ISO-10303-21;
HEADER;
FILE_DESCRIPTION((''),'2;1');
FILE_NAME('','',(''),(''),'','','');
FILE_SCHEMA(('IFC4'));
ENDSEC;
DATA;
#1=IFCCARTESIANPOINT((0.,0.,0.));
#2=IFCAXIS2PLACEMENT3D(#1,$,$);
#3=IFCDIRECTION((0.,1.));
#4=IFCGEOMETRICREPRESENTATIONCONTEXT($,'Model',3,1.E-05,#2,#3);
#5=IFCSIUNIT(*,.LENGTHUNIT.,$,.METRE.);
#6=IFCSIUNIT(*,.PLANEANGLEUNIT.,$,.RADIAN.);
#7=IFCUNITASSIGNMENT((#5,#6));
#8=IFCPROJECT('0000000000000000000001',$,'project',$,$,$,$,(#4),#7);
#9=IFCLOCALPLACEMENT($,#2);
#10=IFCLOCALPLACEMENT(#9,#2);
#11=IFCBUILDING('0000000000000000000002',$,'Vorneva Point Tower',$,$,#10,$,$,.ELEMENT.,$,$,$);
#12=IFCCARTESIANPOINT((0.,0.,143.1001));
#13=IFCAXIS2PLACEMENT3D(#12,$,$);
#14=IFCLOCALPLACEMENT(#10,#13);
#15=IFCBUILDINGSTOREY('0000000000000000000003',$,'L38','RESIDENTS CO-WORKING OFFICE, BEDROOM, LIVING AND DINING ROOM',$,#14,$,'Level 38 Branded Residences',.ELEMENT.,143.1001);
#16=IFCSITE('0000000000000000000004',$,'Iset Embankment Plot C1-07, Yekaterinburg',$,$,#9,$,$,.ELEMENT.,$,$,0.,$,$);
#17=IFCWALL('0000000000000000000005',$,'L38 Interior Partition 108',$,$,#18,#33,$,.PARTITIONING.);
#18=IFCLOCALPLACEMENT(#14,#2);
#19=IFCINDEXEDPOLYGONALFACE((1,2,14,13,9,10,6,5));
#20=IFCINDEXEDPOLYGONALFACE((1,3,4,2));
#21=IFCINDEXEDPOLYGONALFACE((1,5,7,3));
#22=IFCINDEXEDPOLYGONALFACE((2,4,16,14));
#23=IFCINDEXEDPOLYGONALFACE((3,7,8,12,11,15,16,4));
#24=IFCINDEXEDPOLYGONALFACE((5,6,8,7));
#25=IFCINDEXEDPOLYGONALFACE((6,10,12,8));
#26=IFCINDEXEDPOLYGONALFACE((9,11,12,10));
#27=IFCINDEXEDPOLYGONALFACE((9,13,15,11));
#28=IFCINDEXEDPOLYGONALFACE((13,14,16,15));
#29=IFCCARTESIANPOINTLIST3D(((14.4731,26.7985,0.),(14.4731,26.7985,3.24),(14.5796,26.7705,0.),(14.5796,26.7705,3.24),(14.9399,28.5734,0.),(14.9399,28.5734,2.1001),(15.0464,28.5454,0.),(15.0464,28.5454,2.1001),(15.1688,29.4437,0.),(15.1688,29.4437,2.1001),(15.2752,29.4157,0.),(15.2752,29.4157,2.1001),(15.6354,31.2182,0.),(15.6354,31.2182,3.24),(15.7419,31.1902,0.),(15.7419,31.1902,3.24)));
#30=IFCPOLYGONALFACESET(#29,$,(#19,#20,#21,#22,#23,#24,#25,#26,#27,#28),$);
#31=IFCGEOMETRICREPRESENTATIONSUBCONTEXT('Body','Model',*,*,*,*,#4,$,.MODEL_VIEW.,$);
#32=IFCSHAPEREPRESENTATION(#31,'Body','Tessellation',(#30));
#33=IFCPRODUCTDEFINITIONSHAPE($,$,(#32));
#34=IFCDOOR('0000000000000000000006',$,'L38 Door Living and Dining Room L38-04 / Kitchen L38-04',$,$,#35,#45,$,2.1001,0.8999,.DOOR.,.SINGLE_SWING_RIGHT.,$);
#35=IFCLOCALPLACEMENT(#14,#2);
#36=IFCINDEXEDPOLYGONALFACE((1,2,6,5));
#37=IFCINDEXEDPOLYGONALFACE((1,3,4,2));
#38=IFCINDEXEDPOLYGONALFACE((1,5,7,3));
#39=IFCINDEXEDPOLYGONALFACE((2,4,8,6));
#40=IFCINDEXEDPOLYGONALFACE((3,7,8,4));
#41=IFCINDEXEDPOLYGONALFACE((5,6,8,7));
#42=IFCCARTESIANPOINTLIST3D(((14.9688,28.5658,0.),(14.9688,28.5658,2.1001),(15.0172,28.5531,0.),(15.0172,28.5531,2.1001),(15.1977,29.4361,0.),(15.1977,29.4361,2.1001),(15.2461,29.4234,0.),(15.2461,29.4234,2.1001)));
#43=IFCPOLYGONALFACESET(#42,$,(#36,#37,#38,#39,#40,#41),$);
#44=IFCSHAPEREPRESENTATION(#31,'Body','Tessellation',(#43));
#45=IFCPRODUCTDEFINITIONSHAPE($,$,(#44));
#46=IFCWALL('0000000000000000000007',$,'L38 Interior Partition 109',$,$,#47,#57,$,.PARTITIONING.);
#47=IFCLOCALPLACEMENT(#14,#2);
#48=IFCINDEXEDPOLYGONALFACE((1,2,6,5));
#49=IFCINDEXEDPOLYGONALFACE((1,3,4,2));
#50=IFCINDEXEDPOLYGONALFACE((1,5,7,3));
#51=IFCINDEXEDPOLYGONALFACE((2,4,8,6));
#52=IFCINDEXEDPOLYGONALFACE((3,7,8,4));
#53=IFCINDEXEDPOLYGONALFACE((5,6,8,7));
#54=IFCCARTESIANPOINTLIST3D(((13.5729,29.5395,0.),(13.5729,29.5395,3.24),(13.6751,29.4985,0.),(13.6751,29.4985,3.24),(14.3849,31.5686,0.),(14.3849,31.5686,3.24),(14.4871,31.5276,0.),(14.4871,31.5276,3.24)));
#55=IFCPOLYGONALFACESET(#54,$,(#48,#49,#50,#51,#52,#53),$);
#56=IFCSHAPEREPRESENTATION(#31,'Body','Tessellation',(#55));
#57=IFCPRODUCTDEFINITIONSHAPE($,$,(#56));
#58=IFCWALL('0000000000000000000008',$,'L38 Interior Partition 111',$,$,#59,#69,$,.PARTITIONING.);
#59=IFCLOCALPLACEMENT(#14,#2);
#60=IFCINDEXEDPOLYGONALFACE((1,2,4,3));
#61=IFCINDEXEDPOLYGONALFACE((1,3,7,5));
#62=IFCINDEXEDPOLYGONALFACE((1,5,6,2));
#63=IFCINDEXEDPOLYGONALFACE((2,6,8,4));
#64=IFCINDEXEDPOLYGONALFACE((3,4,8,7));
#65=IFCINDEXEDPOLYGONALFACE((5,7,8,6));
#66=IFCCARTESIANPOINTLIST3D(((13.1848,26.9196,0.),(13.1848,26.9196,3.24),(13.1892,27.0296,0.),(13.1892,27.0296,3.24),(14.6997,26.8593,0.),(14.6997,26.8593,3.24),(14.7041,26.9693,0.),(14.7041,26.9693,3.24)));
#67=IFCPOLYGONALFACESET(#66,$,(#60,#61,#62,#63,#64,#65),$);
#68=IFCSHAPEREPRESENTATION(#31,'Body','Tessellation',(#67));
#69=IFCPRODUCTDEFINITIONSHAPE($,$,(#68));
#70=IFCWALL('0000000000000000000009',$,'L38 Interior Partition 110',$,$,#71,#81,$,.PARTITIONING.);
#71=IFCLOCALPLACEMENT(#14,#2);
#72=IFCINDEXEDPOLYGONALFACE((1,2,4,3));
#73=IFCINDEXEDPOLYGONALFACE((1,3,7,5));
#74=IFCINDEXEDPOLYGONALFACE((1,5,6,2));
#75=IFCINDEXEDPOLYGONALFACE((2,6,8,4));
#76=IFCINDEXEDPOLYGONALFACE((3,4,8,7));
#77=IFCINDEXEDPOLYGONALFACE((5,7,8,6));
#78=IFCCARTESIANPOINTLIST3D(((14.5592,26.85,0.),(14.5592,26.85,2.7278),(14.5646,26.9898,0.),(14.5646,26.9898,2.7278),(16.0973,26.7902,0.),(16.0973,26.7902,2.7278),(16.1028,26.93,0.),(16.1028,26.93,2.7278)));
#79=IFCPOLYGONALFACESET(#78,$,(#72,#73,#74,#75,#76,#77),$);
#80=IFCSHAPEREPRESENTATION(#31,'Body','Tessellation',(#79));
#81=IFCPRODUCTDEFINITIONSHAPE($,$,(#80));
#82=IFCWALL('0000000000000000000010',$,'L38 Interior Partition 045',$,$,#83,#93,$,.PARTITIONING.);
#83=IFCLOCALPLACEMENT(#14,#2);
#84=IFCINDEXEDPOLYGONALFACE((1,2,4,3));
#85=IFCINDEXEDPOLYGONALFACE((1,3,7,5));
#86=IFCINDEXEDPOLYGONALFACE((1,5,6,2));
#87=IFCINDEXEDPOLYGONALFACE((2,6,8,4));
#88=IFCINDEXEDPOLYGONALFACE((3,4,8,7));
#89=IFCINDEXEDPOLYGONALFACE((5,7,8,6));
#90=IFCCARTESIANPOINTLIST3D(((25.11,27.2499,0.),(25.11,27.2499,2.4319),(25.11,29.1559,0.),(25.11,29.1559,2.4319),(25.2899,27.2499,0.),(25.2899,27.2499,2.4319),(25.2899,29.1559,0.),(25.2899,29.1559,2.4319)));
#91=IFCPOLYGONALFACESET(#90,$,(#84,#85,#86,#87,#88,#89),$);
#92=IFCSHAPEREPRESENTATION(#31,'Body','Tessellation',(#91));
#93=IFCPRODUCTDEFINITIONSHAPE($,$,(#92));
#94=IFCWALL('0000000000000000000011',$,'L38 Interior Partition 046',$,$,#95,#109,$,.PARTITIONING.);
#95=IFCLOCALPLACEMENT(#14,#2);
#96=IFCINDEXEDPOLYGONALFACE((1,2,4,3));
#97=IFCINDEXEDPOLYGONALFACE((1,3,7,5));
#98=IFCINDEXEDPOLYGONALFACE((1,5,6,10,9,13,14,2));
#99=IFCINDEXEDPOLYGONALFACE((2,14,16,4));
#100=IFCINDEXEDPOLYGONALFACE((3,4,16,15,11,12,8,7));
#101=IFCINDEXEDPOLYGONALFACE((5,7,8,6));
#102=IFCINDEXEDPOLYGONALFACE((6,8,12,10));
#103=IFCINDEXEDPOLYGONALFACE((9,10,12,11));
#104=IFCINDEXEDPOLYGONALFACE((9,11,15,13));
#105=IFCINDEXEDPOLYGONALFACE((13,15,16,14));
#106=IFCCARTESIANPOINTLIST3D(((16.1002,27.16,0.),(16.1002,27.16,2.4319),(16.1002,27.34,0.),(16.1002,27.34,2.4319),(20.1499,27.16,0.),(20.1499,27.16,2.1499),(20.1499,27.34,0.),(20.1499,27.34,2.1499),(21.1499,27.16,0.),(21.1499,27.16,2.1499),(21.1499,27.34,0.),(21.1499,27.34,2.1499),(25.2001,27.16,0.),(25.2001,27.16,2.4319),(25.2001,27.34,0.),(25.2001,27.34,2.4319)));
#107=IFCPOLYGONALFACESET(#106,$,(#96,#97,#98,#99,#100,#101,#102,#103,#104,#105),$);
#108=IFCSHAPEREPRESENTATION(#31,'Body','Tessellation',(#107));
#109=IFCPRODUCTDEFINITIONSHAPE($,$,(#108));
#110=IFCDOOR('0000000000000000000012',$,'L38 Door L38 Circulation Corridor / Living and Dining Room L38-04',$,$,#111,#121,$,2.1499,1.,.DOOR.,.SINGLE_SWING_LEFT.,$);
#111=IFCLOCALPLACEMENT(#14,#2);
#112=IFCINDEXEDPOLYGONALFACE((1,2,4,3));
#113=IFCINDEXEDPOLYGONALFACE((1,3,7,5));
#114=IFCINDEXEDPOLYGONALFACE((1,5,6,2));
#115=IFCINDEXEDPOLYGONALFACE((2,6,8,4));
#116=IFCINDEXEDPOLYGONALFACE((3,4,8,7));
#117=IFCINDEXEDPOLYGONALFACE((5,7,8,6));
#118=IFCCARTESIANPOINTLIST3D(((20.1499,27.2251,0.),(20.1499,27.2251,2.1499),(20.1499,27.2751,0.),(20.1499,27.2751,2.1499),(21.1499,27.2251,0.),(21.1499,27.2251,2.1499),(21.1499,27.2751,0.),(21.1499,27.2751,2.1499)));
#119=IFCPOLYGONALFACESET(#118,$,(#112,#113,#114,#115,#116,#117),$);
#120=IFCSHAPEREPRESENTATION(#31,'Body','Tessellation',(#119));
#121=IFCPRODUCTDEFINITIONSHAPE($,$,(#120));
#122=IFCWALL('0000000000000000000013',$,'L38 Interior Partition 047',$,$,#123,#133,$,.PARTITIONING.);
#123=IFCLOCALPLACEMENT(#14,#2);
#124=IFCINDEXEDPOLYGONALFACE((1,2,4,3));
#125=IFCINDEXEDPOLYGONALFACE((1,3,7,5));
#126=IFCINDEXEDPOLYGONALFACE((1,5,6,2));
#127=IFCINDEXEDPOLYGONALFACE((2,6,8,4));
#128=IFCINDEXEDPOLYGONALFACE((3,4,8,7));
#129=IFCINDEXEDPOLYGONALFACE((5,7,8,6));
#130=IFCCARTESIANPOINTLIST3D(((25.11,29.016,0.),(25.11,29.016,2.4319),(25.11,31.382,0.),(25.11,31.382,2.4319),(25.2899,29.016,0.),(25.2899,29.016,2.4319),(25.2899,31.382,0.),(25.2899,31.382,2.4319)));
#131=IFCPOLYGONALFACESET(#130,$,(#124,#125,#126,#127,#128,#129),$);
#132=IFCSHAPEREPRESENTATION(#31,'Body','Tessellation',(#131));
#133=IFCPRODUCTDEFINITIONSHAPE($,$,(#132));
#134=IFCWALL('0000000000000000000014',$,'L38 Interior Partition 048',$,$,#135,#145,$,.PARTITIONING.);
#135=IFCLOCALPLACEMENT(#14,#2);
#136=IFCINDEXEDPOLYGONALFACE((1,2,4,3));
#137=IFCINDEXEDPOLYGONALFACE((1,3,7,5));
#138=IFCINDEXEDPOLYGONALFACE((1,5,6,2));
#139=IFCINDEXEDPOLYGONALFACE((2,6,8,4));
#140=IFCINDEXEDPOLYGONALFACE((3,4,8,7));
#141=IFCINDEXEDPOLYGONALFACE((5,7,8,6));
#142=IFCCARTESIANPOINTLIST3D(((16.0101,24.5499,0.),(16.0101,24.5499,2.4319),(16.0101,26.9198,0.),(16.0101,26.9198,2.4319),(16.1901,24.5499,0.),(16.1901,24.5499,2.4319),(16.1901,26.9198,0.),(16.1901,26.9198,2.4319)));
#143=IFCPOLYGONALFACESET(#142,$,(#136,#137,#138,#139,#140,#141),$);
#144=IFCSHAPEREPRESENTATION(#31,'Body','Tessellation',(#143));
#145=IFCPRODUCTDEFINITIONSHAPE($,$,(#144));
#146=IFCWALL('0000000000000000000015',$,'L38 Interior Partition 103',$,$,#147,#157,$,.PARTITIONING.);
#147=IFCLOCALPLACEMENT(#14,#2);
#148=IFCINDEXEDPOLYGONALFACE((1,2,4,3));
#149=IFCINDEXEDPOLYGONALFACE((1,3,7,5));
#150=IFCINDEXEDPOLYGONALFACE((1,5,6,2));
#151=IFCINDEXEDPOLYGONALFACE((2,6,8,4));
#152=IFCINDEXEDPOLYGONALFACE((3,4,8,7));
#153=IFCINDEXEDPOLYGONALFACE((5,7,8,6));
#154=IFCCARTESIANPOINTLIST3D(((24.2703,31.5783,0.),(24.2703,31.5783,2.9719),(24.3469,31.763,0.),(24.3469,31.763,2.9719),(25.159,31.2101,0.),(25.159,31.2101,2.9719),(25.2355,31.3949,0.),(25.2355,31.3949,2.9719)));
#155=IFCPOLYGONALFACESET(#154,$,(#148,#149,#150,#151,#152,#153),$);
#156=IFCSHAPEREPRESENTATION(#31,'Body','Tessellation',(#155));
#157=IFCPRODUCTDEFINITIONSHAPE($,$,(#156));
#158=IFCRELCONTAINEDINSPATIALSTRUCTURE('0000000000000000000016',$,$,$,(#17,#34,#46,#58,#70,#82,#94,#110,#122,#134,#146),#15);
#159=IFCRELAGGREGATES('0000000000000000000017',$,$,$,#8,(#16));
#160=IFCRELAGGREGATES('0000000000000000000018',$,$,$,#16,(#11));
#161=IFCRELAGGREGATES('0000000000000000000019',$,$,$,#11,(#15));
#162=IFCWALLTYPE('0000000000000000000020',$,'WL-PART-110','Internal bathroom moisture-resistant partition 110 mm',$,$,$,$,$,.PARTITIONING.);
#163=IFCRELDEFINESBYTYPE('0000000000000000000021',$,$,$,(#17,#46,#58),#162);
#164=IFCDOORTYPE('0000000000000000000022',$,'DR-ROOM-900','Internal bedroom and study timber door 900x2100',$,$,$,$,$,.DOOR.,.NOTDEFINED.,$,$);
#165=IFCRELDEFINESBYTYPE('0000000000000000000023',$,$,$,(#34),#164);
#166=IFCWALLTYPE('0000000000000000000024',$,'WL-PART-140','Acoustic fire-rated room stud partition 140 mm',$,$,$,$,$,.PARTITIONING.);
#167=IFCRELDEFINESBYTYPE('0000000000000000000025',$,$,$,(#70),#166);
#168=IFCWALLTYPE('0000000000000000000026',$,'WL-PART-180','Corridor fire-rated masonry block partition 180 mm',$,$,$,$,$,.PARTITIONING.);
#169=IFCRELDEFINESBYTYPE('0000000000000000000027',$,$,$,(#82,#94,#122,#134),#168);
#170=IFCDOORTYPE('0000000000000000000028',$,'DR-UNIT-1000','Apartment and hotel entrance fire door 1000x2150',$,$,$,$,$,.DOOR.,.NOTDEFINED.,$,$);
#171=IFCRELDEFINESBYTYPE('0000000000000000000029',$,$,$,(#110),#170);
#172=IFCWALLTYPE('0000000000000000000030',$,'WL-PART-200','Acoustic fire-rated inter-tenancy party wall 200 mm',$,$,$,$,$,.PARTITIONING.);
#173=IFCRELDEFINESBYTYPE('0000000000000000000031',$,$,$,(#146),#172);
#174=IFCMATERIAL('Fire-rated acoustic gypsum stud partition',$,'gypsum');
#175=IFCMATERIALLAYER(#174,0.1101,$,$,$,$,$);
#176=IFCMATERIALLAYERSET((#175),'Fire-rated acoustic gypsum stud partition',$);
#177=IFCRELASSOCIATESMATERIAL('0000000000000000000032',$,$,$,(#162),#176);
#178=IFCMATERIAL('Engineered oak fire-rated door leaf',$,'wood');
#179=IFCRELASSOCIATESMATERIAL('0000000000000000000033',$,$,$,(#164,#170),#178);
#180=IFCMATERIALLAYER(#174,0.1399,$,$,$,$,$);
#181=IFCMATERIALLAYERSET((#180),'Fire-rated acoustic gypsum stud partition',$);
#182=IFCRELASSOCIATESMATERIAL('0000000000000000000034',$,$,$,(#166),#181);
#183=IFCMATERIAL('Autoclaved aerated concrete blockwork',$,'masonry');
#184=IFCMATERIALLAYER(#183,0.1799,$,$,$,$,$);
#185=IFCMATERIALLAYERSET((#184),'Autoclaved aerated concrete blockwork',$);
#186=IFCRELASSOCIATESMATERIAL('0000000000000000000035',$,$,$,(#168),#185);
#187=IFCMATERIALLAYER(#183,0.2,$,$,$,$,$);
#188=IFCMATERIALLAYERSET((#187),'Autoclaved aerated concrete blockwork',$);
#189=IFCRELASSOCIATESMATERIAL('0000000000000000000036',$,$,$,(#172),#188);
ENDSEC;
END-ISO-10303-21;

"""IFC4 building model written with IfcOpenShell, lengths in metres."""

from ifc_helpers import new_model, si_unit, direction, frame, frame_2d, origin, place, context, subcontext, project, spatial, rectangle, extrude, material, layer, layer_set, type_object, element, fill, save


model = new_model("IFC4")

# Units and contexts
model_context = context("Model", 3, precision=1e-05, world=origin(), true_north=direction((0.0, 1.0)))
body_context = subcontext(model_context, "Body", "Model", "MODEL_VIEW")
ifc_project = project(units=[si_unit("LENGTHUNIT", "METRE"), si_unit("PLANEANGLEUNIT", "RADIAN")], contexts=[model_context])

# Site, building, storey
site_placement = place(None, origin())
site = spatial("IfcSite", under=ifc_project, at=site_placement, Name="Iset Embankment Plot C1-07, Yekaterinburg", CompositionType="ELEMENT", RefElevation=0.0)
building_placement = place(site_placement, origin())
building = spatial("IfcBuilding", under=site, at=building_placement, Name="Vorneva Point Tower", CompositionType="ELEMENT")
storey_placement = place(building_placement, frame((0.0, 0.0, 143.1001)))
storey = spatial("IfcBuildingStorey", under=building, at=storey_placement, Name="L38", Description="RESIDENTS CO-WORKING OFFICE, BEDROOM, LIVING AND DINING ROOM", LongName="Level 38 Branded Residences", CompositionType="ELEMENT", Elevation=143.1001)

# Shared definitions
ifc_material_1 = material(Name="Fire-rated acoustic gypsum stud partition", Category="gypsum")
ifc_layer_1 = layer(ifc_material_1, 0.1101)
ifc_layer_set_1 = layer_set([ifc_layer_1], Name="Fire-rated acoustic gypsum stud partition")
wall_type_1 = type_object("IfcWallType", Name="WL-PART-110", Description="Internal bathroom moisture-resistant partition 110 mm", PredefinedType="PARTITIONING", material=ifc_layer_set_1)
ifc_material_2 = material(Name="Engineered oak fire-rated door leaf", Category="wood")

# Wall, opening, door
wall_1_placement = place(storey_placement, frame((15.6887, 31.2043, 0.0), z_axis=(0.0, 0.0, 1.0), x_axis=(-0.254346, -0.967113, 0.0)))
wall_1 = element("IfcWall", 1, at=wall_1_placement, inside=storey, type_object=wall_type_1, Name="L38 Interior Partition 108", PredefinedType="PARTITIONING", context=body_context, shape_type="SweptSolid", body=[
    extrude(rectangle(XDim=4.5701, YDim=0.1101, at=frame_2d((2.2852, 0.0))), origin(), (0.0, 0.0, 1.0), 3.24),
])
opening_1_placement = place(wall_1_placement, frame((1.835, 0.0, 0.0)))
opening_1 = element("IfcOpeningElement", 2, at=opening_1_placement, cuts=wall_1, PredefinedType="OPENING", context=body_context, shape_type="SweptSolid", body=[
    extrude(rectangle(XDim=0.8999, YDim=2.1001, at=frame_2d((0.45, 1.05))), frame((0.0, 0.0698, 0.0), z_axis=(0.0, -1.0, 0.0), x_axis=(1.0, 0.0, 0.0)), (0.0, 0.0, 1.0), 0.1399),
])
door_type_1 = type_object("IfcDoorType", Name="DR-ROOM-900", Description="Internal bedroom and study timber door 900x2100", OperationType="NOTDEFINED", PredefinedType="DOOR", material=ifc_material_2)
door_1_placement = place(opening_1_placement, origin())
door_1 = element("IfcDoor", 3, at=door_1_placement, inside=storey, type_object=door_type_1, Name="L38 Door Living and Dining Room L38-04 / Kitchen L38-04", OperationType="SINGLE_SWING_RIGHT", OverallHeight=2.1001, OverallWidth=0.8999, PredefinedType="DOOR", context=body_context, shape_type="SweptSolid", body=[
    extrude(rectangle(XDim=0.8999, YDim=2.1001, at=frame_2d((0.45, 1.05))), frame((0.0, 0.0249, 0.0), z_axis=(0.0, -1.0, 0.0), x_axis=(1.0, 0.0, 0.0)), (0.0, 0.0, 1.0), 0.05),
])
fill(opening_1, door_1)

# Walls
wall_2_placement = place(storey_placement, frame((14.436, 31.5481, 0.0), z_axis=(0.0, 0.0, 1.0), x_axis=(-0.371545, -0.928415, 0.0)))
element("IfcWall", 4, at=wall_2_placement, inside=storey, type_object=wall_type_1, Name="L38 Interior Partition 109", PredefinedType="PARTITIONING", context=body_context, shape_type="SweptSolid", body=[
    extrude(rectangle(XDim=2.1855, YDim=0.1101, at=frame_2d((1.0928, 0.0))), origin(), (0.0, 0.0, 1.0), 3.24),
])
wall_3_placement = place(storey_placement, frame((13.187, 26.9746, 0.0), z_axis=(0.0, 0.0, 1.0), x_axis=(0.999209, -0.039775, 0.0)))
element("IfcWall", 5, at=wall_3_placement, inside=storey, type_object=wall_type_1, Name="L38 Interior Partition 111", PredefinedType="PARTITIONING", context=body_context, shape_type="SweptSolid", body=[
    extrude(rectangle(XDim=1.5161, YDim=0.1101, at=frame_2d((0.7581, 0.0))), origin(), (0.0, 0.0, 1.0), 3.24),
])
ifc_layer_2 = layer(ifc_material_1, 0.1399)
ifc_layer_set_2 = layer_set([ifc_layer_2], Name="Fire-rated acoustic gypsum stud partition")
wall_type_2 = type_object("IfcWallType", Name="WL-PART-140", Description="Acoustic fire-rated room stud partition 140 mm", PredefinedType="PARTITIONING", material=ifc_layer_set_2)
wall_4_placement = place(storey_placement, frame((14.562, 26.9199, 0.0), z_axis=(0.0, 0.0, 1.0), x_axis=(0.999245, -0.03886, 0.0)))
element("IfcWall", 6, at=wall_4_placement, inside=storey, type_object=wall_type_2, Name="L38 Interior Partition 110", PredefinedType="PARTITIONING", context=body_context, shape_type="SweptSolid", body=[
    extrude(rectangle(XDim=1.5393, YDim=0.1399, at=frame_2d((0.7695, 0.0))), origin(), (0.0, 0.0, 1.0), 2.7278),
])
ifc_material_3 = material(Name="Autoclaved aerated concrete blockwork", Category="masonry")
ifc_layer_3 = layer(ifc_material_3, 0.1799)
ifc_layer_set_3 = layer_set([ifc_layer_3], Name="Autoclaved aerated concrete blockwork")
wall_type_3 = type_object("IfcWallType", Name="WL-PART-180", Description="Corridor fire-rated masonry block partition 180 mm", PredefinedType="PARTITIONING", material=ifc_layer_set_3)
wall_5_placement = place(storey_placement, frame((25.2, 29.156, 0.0), z_axis=(0.0, 0.0, 1.0), x_axis=(0.0, -1.0, 0.0)))
element("IfcWall", 7, at=wall_5_placement, inside=storey, type_object=wall_type_3, Name="L38 Interior Partition 045", PredefinedType="PARTITIONING", context=body_context, shape_type="SweptSolid", body=[
    extrude(rectangle(XDim=1.906, YDim=0.1799, at=frame_2d((0.9531, 0.0))), origin(), (0.0, 0.0, 1.0), 2.4319),
])

# Wall, opening, door
wall_6_placement = place(storey_placement, frame((25.2, 27.25, 0.0), z_axis=(0.0, 0.0, 1.0), x_axis=(-1.0, 0.0, 0.0)))
wall_6 = element("IfcWall", 8, at=wall_6_placement, inside=storey, type_object=wall_type_3, Name="L38 Interior Partition 046", PredefinedType="PARTITIONING", context=body_context, shape_type="SweptSolid", body=[
    extrude(rectangle(XDim=9.0999, YDim=0.1799, at=frame_2d((4.5498, 0.0))), origin(), (0.0, 0.0, 1.0), 2.4319),
])
opening_2_placement = place(wall_6_placement, frame((4.05, 0.0, 0.0)))
opening_2 = element("IfcOpeningElement", 9, at=opening_2_placement, cuts=wall_6, PredefinedType="OPENING", context=body_context, shape_type="SweptSolid", body=[
    extrude(rectangle(XDim=1.0, YDim=2.1499, at=frame_2d((0.5, 1.075))), frame((0.0, 0.105, 0.0), z_axis=(0.0, -1.0, 0.0), x_axis=(1.0, 0.0, 0.0)), (0.0, 0.0, 1.0), 0.2097),
])
door_type_2 = type_object("IfcDoorType", Name="DR-UNIT-1000", Description="Apartment and hotel entrance fire door 1000x2150", OperationType="NOTDEFINED", PredefinedType="DOOR", material=ifc_material_2)
door_2_placement = place(opening_2_placement, origin())
door_2 = element("IfcDoor", 10, at=door_2_placement, inside=storey, type_object=door_type_2, Name="L38 Door L38 Circulation Corridor / Living and Dining Room L38-04", OperationType="SINGLE_SWING_LEFT", OverallHeight=2.1499, OverallWidth=1.0, PredefinedType="DOOR", context=body_context, shape_type="SweptSolid", body=[
    extrude(rectangle(XDim=1.0, YDim=2.1499, at=frame_2d((0.5, 1.075))), frame((0.0, 0.0249, 0.0), z_axis=(0.0, -1.0, 0.0), x_axis=(1.0, 0.0, 0.0)), (0.0, 0.0, 1.0), 0.05),
])
fill(opening_2, door_2)

# Walls
wall_7_placement = place(storey_placement, frame((25.2, 31.3821, 0.0), z_axis=(0.0, 0.0, 1.0), x_axis=(0.0, -1.0, 0.0)))
element("IfcWall", 11, at=wall_7_placement, inside=storey, type_object=wall_type_3, Name="L38 Interior Partition 047", PredefinedType="PARTITIONING", context=body_context, shape_type="SweptSolid", body=[
    extrude(rectangle(XDim=2.366, YDim=0.1799, at=frame_2d((1.1831, 0.0))), origin(), (0.0, 0.0, 1.0), 2.4319),
])
wall_8_placement = place(storey_placement, frame((16.1001, 26.9199, 0.0), z_axis=(0.0, 0.0, 1.0), x_axis=(0.0, -1.0, 0.0)))
element("IfcWall", 12, at=wall_8_placement, inside=storey, type_object=wall_type_3, Name="L38 Interior Partition 048", PredefinedType="PARTITIONING", context=body_context, shape_type="SweptSolid", body=[
    extrude(rectangle(XDim=2.3699, YDim=0.1799, at=frame_2d((1.1851, 0.0))), origin(), (0.0, 0.0, 1.0), 2.4319),
])
ifc_layer_4 = layer(ifc_material_3, 0.2)
ifc_layer_set_4 = layer_set([ifc_layer_4], Name="Autoclaved aerated concrete blockwork")
wall_type_4 = type_object("IfcWallType", Name="WL-PART-200", Description="Acoustic fire-rated inter-tenancy party wall 200 mm", PredefinedType="PARTITIONING", material=ifc_layer_set_4)
wall_9_placement = place(storey_placement, frame((24.3086, 31.6707, 0.0), z_axis=(0.0, 0.0, 1.0), x_axis=(0.923856, -0.38274, 0.0)))
element("IfcWall", 13, at=wall_9_placement, inside=storey, type_object=wall_type_4, Name="L38 Interior Partition 103", PredefinedType="PARTITIONING", context=body_context, shape_type="SweptSolid", body=[
    extrude(rectangle(XDim=0.9619, YDim=0.2, at=frame_2d((0.481, 0.0))), origin(), (0.0, 0.0, 1.0), 2.9719),
])

save(model, "model.ifc")
